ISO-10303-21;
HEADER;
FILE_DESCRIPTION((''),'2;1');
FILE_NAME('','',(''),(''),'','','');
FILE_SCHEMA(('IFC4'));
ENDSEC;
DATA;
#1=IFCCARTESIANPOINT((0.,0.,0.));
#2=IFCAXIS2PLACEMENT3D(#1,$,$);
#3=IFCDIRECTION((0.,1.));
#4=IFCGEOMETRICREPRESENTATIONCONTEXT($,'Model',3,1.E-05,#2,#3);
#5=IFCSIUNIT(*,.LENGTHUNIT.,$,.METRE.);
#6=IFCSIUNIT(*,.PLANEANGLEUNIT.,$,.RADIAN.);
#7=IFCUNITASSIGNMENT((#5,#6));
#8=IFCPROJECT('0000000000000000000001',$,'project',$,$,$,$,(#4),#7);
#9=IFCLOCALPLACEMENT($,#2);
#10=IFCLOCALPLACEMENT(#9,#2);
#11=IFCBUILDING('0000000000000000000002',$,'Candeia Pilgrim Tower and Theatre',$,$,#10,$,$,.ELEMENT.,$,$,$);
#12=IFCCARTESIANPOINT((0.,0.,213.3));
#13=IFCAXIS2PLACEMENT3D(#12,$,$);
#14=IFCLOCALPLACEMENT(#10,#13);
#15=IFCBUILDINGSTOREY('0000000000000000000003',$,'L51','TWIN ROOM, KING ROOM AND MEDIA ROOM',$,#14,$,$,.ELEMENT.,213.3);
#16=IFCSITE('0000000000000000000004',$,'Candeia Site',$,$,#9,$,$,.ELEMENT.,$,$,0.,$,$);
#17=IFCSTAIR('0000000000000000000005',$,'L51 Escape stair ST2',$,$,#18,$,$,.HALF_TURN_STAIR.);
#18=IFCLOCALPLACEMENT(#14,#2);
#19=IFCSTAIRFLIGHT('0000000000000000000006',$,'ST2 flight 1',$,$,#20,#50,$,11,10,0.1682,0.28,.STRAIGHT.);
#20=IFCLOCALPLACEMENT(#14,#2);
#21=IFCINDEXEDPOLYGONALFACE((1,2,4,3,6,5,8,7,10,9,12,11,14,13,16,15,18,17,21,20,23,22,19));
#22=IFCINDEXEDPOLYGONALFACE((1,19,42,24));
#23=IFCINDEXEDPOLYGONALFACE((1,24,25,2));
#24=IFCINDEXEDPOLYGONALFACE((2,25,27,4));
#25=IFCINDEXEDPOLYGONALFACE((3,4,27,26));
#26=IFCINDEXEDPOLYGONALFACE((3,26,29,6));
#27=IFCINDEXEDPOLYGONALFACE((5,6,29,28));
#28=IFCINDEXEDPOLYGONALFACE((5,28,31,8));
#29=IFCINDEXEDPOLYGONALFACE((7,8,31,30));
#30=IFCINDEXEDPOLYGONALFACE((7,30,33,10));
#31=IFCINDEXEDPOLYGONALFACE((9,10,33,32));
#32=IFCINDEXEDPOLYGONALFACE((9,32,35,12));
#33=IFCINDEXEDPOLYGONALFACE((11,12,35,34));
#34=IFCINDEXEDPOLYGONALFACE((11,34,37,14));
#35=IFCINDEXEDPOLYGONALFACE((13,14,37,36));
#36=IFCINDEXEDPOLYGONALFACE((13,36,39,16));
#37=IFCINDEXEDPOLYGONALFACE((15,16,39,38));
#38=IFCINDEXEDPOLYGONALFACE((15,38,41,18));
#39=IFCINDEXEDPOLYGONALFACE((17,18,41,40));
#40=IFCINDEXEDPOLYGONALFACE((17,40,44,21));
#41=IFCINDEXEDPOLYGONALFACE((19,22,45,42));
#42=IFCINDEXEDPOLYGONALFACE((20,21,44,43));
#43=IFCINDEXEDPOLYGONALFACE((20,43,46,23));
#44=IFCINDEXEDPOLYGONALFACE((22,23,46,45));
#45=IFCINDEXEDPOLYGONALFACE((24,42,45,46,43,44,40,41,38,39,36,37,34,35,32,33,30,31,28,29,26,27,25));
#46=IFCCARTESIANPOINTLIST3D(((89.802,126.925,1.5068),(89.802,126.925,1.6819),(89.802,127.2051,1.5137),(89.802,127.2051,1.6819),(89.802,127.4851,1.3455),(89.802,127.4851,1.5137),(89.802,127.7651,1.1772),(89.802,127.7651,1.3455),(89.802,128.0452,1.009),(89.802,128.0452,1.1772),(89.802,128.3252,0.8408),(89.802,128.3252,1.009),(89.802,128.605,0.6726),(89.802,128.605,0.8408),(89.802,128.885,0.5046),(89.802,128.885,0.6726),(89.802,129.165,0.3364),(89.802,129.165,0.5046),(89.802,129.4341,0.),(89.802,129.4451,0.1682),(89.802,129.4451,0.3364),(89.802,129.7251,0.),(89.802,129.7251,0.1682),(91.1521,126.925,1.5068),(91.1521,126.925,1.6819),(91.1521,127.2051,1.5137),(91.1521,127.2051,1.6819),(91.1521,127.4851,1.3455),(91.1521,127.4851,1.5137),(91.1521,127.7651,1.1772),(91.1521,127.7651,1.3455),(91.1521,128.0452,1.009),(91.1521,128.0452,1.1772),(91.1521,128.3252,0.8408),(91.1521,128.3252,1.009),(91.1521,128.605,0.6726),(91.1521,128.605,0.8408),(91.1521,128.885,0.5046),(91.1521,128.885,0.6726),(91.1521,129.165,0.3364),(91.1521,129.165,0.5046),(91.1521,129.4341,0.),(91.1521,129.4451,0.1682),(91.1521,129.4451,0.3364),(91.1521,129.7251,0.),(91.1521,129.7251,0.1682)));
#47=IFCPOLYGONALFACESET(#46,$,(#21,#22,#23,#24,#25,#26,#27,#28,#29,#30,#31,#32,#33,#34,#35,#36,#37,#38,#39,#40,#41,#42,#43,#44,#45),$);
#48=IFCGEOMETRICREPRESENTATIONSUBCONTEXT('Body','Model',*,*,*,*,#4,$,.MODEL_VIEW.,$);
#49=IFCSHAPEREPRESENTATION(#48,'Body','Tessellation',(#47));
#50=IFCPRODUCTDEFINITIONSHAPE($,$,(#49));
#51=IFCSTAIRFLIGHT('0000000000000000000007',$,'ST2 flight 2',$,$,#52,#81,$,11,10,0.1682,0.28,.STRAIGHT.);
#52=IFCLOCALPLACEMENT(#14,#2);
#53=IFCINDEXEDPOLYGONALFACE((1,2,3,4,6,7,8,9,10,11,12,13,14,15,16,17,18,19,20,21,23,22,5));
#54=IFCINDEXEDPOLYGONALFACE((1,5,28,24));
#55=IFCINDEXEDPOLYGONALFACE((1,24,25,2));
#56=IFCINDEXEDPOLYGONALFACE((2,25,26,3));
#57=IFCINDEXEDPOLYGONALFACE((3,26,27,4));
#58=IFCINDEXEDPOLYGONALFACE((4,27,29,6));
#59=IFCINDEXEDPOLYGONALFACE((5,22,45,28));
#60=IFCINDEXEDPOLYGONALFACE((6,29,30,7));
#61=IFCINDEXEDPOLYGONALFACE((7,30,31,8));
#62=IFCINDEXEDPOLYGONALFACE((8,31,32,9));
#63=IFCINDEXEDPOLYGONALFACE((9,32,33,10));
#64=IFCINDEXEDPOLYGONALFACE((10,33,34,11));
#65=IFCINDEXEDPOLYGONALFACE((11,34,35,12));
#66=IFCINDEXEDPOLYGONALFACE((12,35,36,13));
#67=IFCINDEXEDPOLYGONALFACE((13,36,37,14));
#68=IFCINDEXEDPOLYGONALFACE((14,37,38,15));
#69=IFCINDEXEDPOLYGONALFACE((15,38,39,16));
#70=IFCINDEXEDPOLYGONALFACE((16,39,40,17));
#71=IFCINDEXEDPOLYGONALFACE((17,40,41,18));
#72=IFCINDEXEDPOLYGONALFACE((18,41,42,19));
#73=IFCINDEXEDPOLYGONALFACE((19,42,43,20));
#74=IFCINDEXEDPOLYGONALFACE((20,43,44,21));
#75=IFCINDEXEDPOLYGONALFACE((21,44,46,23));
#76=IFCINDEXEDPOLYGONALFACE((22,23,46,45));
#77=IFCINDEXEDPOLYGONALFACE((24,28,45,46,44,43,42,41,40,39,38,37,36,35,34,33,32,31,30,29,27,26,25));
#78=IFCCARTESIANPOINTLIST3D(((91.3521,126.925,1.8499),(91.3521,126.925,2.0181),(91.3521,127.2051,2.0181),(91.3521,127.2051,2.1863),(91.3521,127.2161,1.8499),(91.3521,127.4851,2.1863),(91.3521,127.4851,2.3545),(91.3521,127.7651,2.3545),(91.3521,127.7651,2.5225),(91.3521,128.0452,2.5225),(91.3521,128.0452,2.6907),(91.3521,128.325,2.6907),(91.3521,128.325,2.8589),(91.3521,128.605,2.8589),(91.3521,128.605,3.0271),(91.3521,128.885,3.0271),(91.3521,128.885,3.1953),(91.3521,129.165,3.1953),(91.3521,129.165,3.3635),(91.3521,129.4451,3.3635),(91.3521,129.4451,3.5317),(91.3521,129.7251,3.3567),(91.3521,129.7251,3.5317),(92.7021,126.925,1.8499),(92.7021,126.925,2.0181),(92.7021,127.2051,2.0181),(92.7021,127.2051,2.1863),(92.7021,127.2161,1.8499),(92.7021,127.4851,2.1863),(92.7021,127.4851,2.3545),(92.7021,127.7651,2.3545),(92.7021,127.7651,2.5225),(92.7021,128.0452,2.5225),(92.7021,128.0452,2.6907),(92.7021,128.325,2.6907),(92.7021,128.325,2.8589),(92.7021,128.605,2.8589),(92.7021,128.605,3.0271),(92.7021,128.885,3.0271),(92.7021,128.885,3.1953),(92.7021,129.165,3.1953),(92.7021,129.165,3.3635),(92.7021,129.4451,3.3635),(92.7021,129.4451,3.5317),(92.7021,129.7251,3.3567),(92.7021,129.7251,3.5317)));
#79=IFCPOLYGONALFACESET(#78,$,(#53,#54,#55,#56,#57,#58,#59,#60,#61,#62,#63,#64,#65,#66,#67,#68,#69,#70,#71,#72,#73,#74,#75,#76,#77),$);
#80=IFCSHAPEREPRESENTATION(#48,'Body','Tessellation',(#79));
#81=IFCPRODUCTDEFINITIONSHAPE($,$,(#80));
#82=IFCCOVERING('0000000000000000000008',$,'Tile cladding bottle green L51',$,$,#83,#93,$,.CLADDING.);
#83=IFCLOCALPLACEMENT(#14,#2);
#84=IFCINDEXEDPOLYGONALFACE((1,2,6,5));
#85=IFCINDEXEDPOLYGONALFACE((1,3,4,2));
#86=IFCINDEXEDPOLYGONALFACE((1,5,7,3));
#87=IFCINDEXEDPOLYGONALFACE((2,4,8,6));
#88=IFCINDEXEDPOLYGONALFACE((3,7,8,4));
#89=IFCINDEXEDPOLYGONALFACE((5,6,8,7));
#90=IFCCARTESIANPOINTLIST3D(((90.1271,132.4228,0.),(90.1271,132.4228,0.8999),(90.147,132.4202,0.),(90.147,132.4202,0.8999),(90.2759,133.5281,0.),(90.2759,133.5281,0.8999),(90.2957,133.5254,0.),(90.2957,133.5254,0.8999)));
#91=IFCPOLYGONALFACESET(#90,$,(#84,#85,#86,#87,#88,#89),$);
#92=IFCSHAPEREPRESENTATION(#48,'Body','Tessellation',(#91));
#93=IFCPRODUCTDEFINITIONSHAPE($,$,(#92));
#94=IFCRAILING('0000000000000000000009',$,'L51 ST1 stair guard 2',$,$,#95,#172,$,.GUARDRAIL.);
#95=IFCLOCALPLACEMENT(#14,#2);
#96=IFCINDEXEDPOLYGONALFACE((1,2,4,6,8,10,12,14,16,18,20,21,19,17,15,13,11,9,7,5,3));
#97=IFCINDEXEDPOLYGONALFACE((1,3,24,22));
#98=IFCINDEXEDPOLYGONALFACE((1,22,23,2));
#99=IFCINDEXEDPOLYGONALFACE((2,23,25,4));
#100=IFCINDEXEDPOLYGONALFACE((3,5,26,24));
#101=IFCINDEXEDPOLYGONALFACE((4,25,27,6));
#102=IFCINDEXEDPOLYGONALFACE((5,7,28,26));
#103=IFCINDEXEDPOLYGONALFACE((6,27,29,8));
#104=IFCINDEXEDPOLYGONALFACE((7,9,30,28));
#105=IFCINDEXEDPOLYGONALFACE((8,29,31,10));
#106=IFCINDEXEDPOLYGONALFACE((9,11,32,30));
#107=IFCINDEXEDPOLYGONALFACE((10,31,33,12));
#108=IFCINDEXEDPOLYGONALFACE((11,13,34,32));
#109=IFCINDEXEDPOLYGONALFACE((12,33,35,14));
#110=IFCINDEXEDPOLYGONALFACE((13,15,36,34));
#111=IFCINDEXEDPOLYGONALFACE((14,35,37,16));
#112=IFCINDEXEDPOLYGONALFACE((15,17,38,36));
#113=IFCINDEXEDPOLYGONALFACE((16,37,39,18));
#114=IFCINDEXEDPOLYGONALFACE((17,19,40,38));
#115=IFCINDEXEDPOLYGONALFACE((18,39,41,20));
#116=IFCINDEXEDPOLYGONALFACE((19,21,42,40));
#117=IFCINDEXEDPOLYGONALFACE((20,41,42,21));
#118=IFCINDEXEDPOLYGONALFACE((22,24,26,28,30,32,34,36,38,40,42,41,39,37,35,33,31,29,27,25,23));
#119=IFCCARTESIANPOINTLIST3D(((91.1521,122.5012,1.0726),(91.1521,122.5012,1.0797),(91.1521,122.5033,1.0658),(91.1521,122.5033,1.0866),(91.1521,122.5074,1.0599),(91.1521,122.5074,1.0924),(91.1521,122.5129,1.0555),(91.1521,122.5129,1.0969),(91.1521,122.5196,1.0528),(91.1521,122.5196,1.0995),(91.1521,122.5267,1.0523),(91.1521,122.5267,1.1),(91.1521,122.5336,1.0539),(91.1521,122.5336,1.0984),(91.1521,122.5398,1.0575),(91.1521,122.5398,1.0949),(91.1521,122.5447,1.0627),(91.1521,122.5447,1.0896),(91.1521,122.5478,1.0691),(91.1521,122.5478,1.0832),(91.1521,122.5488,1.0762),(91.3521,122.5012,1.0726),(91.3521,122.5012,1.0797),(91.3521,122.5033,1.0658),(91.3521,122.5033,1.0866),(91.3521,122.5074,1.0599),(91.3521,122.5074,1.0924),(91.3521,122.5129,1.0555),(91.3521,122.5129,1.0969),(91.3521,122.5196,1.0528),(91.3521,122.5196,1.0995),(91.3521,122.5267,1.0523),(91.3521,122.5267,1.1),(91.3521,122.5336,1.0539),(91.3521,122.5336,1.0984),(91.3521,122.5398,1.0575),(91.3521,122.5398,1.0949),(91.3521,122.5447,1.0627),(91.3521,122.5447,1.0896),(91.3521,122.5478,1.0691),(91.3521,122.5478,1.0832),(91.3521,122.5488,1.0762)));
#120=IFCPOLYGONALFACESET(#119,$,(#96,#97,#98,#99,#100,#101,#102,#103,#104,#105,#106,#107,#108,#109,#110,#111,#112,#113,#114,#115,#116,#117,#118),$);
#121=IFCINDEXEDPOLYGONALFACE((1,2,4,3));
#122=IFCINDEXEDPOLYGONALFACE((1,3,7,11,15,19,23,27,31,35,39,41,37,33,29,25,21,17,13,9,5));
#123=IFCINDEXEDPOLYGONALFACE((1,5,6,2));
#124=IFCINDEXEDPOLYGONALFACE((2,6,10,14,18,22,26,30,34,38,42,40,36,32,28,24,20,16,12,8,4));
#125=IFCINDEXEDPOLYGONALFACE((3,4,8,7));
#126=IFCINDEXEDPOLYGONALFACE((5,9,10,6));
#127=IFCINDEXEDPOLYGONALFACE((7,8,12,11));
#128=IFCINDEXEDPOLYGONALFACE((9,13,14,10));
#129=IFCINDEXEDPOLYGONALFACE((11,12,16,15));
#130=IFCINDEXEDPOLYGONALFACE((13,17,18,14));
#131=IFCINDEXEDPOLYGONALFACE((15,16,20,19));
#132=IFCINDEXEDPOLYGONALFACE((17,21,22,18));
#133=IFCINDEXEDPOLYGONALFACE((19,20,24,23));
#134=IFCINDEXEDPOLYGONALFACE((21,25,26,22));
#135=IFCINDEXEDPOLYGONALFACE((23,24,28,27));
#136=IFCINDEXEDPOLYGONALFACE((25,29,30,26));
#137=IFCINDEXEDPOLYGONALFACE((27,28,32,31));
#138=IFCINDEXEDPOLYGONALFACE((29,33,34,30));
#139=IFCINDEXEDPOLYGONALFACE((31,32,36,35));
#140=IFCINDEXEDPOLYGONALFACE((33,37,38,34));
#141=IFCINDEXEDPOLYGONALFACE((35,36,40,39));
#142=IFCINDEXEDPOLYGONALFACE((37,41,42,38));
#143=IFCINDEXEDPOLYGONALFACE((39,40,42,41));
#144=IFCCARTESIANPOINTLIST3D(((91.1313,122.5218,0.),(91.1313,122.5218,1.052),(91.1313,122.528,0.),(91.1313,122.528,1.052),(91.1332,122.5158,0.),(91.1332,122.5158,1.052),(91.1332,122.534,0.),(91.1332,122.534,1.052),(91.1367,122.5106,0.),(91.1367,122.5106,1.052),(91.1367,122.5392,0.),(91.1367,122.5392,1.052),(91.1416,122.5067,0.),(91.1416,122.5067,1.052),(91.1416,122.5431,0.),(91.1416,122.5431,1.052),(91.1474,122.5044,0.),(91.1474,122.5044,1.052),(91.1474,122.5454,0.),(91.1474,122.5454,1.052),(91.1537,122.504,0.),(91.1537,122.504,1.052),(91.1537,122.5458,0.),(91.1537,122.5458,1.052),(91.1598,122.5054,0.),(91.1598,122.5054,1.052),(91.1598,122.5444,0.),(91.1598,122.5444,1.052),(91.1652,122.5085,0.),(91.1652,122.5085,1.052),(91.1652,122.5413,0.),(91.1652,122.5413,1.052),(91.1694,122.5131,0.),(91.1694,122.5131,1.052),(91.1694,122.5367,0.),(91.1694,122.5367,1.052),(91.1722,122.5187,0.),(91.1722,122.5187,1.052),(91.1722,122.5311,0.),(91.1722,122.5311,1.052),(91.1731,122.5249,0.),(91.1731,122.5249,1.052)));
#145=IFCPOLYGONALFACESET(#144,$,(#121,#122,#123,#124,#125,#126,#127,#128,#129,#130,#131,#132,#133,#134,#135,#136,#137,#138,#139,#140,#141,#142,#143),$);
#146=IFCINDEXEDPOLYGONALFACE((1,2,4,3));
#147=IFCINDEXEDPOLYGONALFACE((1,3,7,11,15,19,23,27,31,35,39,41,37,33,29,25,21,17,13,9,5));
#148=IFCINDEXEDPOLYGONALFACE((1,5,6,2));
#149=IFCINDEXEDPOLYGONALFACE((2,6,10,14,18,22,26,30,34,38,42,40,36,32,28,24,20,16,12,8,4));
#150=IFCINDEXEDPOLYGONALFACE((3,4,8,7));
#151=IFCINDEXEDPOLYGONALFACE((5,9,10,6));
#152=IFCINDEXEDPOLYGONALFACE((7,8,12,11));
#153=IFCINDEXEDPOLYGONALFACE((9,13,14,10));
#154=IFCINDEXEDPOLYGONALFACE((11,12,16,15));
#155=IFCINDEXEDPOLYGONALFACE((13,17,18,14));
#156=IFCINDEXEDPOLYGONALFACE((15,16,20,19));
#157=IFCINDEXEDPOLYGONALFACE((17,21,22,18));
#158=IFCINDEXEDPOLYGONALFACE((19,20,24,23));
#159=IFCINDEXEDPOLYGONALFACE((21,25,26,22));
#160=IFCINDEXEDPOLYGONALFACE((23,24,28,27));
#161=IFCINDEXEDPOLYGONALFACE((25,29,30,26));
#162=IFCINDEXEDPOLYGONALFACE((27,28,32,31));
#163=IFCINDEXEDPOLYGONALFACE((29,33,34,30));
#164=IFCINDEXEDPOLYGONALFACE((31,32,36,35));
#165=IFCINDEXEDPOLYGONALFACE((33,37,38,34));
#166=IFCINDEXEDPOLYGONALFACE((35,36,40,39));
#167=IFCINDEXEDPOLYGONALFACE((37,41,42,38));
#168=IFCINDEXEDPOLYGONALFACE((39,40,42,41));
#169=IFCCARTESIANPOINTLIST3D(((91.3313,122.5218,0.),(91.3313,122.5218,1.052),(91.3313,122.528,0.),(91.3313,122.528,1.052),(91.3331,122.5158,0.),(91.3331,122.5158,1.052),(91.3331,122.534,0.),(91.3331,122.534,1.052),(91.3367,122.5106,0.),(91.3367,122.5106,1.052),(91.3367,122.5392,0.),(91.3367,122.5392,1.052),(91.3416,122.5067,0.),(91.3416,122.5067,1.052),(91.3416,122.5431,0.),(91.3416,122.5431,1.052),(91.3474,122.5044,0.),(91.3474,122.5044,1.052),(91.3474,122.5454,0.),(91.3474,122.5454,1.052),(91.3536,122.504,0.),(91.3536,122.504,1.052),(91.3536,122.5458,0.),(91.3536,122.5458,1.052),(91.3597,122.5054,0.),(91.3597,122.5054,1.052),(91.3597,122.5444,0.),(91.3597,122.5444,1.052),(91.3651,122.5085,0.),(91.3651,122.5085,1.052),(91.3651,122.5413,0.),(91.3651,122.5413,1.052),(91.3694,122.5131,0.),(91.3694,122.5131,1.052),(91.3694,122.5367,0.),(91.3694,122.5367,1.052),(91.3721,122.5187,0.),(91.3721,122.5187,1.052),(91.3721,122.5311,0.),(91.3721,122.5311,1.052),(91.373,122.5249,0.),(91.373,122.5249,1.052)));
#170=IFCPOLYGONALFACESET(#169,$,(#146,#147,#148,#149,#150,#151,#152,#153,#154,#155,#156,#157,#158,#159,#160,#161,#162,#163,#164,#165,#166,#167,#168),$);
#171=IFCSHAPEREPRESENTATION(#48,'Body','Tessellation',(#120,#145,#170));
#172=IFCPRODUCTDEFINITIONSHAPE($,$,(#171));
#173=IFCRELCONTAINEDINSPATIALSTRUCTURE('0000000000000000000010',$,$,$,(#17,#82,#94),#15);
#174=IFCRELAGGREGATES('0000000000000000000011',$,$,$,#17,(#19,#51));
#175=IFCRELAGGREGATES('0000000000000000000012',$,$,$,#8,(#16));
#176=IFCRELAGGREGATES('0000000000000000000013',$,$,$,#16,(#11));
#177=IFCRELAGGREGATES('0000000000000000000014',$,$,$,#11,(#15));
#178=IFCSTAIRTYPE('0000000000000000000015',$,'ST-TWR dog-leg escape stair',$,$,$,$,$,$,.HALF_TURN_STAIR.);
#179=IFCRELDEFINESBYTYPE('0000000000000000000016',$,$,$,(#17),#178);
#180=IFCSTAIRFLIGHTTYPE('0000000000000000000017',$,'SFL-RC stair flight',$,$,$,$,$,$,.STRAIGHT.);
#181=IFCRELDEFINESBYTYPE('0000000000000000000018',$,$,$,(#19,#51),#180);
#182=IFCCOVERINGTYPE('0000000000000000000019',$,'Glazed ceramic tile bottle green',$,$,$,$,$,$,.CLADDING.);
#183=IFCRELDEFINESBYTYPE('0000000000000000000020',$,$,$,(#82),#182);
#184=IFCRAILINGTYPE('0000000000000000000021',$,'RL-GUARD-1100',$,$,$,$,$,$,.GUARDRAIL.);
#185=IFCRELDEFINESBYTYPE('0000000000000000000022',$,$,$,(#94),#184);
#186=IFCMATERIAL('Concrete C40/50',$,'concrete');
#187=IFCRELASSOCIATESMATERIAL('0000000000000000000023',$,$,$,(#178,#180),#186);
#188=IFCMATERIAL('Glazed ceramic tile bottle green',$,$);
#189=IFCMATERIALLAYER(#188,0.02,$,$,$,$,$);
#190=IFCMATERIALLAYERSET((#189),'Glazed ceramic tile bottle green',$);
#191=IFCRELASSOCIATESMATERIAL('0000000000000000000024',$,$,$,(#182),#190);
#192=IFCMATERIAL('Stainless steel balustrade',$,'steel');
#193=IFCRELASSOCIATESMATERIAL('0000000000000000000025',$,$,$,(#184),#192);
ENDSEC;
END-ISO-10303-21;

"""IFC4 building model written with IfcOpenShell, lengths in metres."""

from ifc_helpers import new_model, si_unit, direction, frame, origin, origin_2d, place, context, subcontext, project, spatial, polyline, rectangle, circle, outline, extrude, material, layer, layer_set, type_object, element, aggregate, save


model = new_model("IFC4")

# Units and contexts
model_context = context("Model", 3, precision=1e-05, world=origin(), true_north=direction((0.0, 1.0)))
body_context = subcontext(model_context, "Body", "Model", "MODEL_VIEW")
ifc_project = project(units=[si_unit("LENGTHUNIT", "METRE"), si_unit("PLANEANGLEUNIT", "RADIAN")], contexts=[model_context])

# Site, building, storey
site_placement = place(None, origin())
site = spatial("IfcSite", under=ifc_project, at=site_placement, Name="Candeia Site", CompositionType="ELEMENT", RefElevation=0.0)
building_placement = place(site_placement, origin())
building = spatial("IfcBuilding", under=site, at=building_placement, Name="Candeia Pilgrim Tower and Theatre", CompositionType="ELEMENT")
storey_placement = place(building_placement, frame((0.0, 0.0, 213.3)))
storey = spatial("IfcBuildingStorey", under=building, at=storey_placement, Name="L51", Description="TWIN ROOM, KING ROOM AND MEDIA ROOM", CompositionType="ELEMENT", Elevation=213.3)

# Shared definitions
ifc_material_1 = material(Name="Concrete C40/50", Category="concrete")

# Stair, stair flights
stair_type = type_object("IfcStairType", Name="ST-TWR dog-leg escape stair", PredefinedType="HALF_TURN_STAIR", material=ifc_material_1)
stair_flight_type = type_object("IfcStairFlightType", Name="SFL-RC stair flight", PredefinedType="STRAIGHT", material=ifc_material_1)
stair_1_placement = place(storey_placement, origin())
stair_1 = element("IfcStair", 1, at=stair_1_placement, inside=storey, type_object=stair_type, Name="L51 Escape stair ST2", PredefinedType="HALF_TURN_STAIR")
stair_flight_1_placement = place(storey_placement, frame((90.4771, 129.7251, 0.0), z_axis=(0.0, 0.0, 1.0), x_axis=(0.0, -1.0, 0.0)))
stair_flight_1 = element("IfcStairFlight", 2, at=stair_flight_1_placement, type_object=stair_flight_type, Name="ST2 flight 1", NumberOfRisers=11, NumberOfTreads=10, PredefinedType="STRAIGHT", RiserHeight=0.1682, TreadLength=0.28, context=body_context, shape_type="SweptSolid", body=[
    extrude(outline(polyline([(0.0, 0.0), (0.0, 0.1682), (0.28, 0.1682), (0.28, 0.3364), (0.5601, 0.3364), (0.5601, 0.5046), (0.8401, 0.5046), (0.8401, 0.6726), (1.1201, 0.6726), (1.1201, 0.8408), (1.3999, 0.8408), (1.3999, 1.009), (1.6799, 1.009), (1.6799, 1.1772), (1.96, 1.1772), (1.96, 1.3455), (2.24, 1.3455), (2.24, 1.5137), (2.52, 1.5137), (2.52, 1.6819), (2.8, 1.6819), (2.8, 1.8501), (2.8, 1.5068), (0.291, 0.0), (0.0, 0.0)])), frame((0.0, 0.675, 0.0), z_axis=(0.0, -1.0, 0.0), x_axis=(1.0, 0.0, 0.0)), (0.0, 0.0, 1.0), 1.3501),
])
stair_flight_2_placement = place(storey_placement, frame((92.0271, 126.925, 1.8499), z_axis=(0.0, 0.0, 1.0), x_axis=(0.0, 1.0, 0.0)))
stair_flight_2 = element("IfcStairFlight", 3, at=stair_flight_2_placement, type_object=stair_flight_type, Name="ST2 flight 2", NumberOfRisers=11, NumberOfTreads=10, PredefinedType="STRAIGHT", RiserHeight=0.1682, TreadLength=0.28, context=body_context, shape_type="SweptSolid", body=[
    extrude(outline(polyline([(0.0, 0.0), (0.0, 0.1682), (0.28, 0.1682), (0.28, 0.3364), (0.5601, 0.3364), (0.5601, 0.5046), (0.8401, 0.5046), (0.8401, 0.6726), (1.1201, 0.6726), (1.1201, 0.8408), (1.3999, 0.8408), (1.3999, 1.009), (1.6799, 1.009), (1.6799, 1.1772), (1.96, 1.1772), (1.96, 1.3455), (2.24, 1.3455), (2.24, 1.5137), (2.52, 1.5137), (2.52, 1.6819), (2.8, 1.6819), (2.8, 1.8501), (2.8, 1.5068), (0.291, 0.0), (0.0, 0.0)])), frame((0.0, 0.675, 0.0), z_axis=(0.0, -1.0, 0.0), x_axis=(1.0, 0.0, 0.0)), (0.0, 0.0, 1.0), 1.3501),
])
aggregate(stair_1, [stair_flight_1, stair_flight_2])

# Shared definitions
ifc_material_2 = material(Name="Stainless steel balustrade", Category="steel")

# Covering
ifc_material_3 = material(Name="Glazed ceramic tile bottle green")
ifc_layer_1 = layer(ifc_material_3, 0.02)
ifc_layer_set_1 = layer_set([ifc_layer_1], Name="Glazed ceramic tile bottle green")
covering_type = type_object("IfcCoveringType", Name="Glazed ceramic tile bottle green", PredefinedType="CLADDING", material=ifc_layer_set_1)
covering_placement = place(storey_placement, frame((90.2114, 132.9741, 0.0), z_axis=(0.0, 0.0, 1.0), x_axis=(-0.133412, -0.991061, 0.0)))
element("IfcCovering", 4, at=covering_placement, inside=storey, type_object=covering_type, Name="Tile cladding bottle green L51", PredefinedType="CLADDING", context=body_context, shape_type="SweptSolid", body=[
    extrude(rectangle(XDim=1.1152, YDim=0.02, at=origin_2d()), origin(), (0.0, 0.0, 1.0), 0.8999),
])

# Railing
railing_type_1 = type_object("IfcRailingType", Name="RL-GUARD-1100", PredefinedType="GUARDRAIL", material=ifc_material_2)
railing_1_placement = place(storey_placement, frame((91.1521, 122.5249, 0.0)))
element("IfcRailing", 5, at=railing_1_placement, inside=storey, type_object=railing_type_1, Name="L51 ST1 stair guard 2", PredefinedType="GUARDRAIL", context=body_context, shape_type="SweptSolid", body=[
    extrude(circle(Radius=0.0239, at=origin_2d()), frame((0.0, 0.0, 1.0762), z_axis=(1.0, 0.0, 0.0), x_axis=(0.0, 1.0, 0.0)), (0.0, 0.0, 1.0), 0.2),
    extrude(circle(Radius=0.021, at=origin_2d()), origin(), (0.0, 0.0, 1.0), 1.052),
    extrude(circle(Radius=0.021, at=origin_2d()), frame((0.2, 0.0, 0.0)), (0.0, 0.0, 1.0), 1.052),
])

save(model, "model.ifc")
